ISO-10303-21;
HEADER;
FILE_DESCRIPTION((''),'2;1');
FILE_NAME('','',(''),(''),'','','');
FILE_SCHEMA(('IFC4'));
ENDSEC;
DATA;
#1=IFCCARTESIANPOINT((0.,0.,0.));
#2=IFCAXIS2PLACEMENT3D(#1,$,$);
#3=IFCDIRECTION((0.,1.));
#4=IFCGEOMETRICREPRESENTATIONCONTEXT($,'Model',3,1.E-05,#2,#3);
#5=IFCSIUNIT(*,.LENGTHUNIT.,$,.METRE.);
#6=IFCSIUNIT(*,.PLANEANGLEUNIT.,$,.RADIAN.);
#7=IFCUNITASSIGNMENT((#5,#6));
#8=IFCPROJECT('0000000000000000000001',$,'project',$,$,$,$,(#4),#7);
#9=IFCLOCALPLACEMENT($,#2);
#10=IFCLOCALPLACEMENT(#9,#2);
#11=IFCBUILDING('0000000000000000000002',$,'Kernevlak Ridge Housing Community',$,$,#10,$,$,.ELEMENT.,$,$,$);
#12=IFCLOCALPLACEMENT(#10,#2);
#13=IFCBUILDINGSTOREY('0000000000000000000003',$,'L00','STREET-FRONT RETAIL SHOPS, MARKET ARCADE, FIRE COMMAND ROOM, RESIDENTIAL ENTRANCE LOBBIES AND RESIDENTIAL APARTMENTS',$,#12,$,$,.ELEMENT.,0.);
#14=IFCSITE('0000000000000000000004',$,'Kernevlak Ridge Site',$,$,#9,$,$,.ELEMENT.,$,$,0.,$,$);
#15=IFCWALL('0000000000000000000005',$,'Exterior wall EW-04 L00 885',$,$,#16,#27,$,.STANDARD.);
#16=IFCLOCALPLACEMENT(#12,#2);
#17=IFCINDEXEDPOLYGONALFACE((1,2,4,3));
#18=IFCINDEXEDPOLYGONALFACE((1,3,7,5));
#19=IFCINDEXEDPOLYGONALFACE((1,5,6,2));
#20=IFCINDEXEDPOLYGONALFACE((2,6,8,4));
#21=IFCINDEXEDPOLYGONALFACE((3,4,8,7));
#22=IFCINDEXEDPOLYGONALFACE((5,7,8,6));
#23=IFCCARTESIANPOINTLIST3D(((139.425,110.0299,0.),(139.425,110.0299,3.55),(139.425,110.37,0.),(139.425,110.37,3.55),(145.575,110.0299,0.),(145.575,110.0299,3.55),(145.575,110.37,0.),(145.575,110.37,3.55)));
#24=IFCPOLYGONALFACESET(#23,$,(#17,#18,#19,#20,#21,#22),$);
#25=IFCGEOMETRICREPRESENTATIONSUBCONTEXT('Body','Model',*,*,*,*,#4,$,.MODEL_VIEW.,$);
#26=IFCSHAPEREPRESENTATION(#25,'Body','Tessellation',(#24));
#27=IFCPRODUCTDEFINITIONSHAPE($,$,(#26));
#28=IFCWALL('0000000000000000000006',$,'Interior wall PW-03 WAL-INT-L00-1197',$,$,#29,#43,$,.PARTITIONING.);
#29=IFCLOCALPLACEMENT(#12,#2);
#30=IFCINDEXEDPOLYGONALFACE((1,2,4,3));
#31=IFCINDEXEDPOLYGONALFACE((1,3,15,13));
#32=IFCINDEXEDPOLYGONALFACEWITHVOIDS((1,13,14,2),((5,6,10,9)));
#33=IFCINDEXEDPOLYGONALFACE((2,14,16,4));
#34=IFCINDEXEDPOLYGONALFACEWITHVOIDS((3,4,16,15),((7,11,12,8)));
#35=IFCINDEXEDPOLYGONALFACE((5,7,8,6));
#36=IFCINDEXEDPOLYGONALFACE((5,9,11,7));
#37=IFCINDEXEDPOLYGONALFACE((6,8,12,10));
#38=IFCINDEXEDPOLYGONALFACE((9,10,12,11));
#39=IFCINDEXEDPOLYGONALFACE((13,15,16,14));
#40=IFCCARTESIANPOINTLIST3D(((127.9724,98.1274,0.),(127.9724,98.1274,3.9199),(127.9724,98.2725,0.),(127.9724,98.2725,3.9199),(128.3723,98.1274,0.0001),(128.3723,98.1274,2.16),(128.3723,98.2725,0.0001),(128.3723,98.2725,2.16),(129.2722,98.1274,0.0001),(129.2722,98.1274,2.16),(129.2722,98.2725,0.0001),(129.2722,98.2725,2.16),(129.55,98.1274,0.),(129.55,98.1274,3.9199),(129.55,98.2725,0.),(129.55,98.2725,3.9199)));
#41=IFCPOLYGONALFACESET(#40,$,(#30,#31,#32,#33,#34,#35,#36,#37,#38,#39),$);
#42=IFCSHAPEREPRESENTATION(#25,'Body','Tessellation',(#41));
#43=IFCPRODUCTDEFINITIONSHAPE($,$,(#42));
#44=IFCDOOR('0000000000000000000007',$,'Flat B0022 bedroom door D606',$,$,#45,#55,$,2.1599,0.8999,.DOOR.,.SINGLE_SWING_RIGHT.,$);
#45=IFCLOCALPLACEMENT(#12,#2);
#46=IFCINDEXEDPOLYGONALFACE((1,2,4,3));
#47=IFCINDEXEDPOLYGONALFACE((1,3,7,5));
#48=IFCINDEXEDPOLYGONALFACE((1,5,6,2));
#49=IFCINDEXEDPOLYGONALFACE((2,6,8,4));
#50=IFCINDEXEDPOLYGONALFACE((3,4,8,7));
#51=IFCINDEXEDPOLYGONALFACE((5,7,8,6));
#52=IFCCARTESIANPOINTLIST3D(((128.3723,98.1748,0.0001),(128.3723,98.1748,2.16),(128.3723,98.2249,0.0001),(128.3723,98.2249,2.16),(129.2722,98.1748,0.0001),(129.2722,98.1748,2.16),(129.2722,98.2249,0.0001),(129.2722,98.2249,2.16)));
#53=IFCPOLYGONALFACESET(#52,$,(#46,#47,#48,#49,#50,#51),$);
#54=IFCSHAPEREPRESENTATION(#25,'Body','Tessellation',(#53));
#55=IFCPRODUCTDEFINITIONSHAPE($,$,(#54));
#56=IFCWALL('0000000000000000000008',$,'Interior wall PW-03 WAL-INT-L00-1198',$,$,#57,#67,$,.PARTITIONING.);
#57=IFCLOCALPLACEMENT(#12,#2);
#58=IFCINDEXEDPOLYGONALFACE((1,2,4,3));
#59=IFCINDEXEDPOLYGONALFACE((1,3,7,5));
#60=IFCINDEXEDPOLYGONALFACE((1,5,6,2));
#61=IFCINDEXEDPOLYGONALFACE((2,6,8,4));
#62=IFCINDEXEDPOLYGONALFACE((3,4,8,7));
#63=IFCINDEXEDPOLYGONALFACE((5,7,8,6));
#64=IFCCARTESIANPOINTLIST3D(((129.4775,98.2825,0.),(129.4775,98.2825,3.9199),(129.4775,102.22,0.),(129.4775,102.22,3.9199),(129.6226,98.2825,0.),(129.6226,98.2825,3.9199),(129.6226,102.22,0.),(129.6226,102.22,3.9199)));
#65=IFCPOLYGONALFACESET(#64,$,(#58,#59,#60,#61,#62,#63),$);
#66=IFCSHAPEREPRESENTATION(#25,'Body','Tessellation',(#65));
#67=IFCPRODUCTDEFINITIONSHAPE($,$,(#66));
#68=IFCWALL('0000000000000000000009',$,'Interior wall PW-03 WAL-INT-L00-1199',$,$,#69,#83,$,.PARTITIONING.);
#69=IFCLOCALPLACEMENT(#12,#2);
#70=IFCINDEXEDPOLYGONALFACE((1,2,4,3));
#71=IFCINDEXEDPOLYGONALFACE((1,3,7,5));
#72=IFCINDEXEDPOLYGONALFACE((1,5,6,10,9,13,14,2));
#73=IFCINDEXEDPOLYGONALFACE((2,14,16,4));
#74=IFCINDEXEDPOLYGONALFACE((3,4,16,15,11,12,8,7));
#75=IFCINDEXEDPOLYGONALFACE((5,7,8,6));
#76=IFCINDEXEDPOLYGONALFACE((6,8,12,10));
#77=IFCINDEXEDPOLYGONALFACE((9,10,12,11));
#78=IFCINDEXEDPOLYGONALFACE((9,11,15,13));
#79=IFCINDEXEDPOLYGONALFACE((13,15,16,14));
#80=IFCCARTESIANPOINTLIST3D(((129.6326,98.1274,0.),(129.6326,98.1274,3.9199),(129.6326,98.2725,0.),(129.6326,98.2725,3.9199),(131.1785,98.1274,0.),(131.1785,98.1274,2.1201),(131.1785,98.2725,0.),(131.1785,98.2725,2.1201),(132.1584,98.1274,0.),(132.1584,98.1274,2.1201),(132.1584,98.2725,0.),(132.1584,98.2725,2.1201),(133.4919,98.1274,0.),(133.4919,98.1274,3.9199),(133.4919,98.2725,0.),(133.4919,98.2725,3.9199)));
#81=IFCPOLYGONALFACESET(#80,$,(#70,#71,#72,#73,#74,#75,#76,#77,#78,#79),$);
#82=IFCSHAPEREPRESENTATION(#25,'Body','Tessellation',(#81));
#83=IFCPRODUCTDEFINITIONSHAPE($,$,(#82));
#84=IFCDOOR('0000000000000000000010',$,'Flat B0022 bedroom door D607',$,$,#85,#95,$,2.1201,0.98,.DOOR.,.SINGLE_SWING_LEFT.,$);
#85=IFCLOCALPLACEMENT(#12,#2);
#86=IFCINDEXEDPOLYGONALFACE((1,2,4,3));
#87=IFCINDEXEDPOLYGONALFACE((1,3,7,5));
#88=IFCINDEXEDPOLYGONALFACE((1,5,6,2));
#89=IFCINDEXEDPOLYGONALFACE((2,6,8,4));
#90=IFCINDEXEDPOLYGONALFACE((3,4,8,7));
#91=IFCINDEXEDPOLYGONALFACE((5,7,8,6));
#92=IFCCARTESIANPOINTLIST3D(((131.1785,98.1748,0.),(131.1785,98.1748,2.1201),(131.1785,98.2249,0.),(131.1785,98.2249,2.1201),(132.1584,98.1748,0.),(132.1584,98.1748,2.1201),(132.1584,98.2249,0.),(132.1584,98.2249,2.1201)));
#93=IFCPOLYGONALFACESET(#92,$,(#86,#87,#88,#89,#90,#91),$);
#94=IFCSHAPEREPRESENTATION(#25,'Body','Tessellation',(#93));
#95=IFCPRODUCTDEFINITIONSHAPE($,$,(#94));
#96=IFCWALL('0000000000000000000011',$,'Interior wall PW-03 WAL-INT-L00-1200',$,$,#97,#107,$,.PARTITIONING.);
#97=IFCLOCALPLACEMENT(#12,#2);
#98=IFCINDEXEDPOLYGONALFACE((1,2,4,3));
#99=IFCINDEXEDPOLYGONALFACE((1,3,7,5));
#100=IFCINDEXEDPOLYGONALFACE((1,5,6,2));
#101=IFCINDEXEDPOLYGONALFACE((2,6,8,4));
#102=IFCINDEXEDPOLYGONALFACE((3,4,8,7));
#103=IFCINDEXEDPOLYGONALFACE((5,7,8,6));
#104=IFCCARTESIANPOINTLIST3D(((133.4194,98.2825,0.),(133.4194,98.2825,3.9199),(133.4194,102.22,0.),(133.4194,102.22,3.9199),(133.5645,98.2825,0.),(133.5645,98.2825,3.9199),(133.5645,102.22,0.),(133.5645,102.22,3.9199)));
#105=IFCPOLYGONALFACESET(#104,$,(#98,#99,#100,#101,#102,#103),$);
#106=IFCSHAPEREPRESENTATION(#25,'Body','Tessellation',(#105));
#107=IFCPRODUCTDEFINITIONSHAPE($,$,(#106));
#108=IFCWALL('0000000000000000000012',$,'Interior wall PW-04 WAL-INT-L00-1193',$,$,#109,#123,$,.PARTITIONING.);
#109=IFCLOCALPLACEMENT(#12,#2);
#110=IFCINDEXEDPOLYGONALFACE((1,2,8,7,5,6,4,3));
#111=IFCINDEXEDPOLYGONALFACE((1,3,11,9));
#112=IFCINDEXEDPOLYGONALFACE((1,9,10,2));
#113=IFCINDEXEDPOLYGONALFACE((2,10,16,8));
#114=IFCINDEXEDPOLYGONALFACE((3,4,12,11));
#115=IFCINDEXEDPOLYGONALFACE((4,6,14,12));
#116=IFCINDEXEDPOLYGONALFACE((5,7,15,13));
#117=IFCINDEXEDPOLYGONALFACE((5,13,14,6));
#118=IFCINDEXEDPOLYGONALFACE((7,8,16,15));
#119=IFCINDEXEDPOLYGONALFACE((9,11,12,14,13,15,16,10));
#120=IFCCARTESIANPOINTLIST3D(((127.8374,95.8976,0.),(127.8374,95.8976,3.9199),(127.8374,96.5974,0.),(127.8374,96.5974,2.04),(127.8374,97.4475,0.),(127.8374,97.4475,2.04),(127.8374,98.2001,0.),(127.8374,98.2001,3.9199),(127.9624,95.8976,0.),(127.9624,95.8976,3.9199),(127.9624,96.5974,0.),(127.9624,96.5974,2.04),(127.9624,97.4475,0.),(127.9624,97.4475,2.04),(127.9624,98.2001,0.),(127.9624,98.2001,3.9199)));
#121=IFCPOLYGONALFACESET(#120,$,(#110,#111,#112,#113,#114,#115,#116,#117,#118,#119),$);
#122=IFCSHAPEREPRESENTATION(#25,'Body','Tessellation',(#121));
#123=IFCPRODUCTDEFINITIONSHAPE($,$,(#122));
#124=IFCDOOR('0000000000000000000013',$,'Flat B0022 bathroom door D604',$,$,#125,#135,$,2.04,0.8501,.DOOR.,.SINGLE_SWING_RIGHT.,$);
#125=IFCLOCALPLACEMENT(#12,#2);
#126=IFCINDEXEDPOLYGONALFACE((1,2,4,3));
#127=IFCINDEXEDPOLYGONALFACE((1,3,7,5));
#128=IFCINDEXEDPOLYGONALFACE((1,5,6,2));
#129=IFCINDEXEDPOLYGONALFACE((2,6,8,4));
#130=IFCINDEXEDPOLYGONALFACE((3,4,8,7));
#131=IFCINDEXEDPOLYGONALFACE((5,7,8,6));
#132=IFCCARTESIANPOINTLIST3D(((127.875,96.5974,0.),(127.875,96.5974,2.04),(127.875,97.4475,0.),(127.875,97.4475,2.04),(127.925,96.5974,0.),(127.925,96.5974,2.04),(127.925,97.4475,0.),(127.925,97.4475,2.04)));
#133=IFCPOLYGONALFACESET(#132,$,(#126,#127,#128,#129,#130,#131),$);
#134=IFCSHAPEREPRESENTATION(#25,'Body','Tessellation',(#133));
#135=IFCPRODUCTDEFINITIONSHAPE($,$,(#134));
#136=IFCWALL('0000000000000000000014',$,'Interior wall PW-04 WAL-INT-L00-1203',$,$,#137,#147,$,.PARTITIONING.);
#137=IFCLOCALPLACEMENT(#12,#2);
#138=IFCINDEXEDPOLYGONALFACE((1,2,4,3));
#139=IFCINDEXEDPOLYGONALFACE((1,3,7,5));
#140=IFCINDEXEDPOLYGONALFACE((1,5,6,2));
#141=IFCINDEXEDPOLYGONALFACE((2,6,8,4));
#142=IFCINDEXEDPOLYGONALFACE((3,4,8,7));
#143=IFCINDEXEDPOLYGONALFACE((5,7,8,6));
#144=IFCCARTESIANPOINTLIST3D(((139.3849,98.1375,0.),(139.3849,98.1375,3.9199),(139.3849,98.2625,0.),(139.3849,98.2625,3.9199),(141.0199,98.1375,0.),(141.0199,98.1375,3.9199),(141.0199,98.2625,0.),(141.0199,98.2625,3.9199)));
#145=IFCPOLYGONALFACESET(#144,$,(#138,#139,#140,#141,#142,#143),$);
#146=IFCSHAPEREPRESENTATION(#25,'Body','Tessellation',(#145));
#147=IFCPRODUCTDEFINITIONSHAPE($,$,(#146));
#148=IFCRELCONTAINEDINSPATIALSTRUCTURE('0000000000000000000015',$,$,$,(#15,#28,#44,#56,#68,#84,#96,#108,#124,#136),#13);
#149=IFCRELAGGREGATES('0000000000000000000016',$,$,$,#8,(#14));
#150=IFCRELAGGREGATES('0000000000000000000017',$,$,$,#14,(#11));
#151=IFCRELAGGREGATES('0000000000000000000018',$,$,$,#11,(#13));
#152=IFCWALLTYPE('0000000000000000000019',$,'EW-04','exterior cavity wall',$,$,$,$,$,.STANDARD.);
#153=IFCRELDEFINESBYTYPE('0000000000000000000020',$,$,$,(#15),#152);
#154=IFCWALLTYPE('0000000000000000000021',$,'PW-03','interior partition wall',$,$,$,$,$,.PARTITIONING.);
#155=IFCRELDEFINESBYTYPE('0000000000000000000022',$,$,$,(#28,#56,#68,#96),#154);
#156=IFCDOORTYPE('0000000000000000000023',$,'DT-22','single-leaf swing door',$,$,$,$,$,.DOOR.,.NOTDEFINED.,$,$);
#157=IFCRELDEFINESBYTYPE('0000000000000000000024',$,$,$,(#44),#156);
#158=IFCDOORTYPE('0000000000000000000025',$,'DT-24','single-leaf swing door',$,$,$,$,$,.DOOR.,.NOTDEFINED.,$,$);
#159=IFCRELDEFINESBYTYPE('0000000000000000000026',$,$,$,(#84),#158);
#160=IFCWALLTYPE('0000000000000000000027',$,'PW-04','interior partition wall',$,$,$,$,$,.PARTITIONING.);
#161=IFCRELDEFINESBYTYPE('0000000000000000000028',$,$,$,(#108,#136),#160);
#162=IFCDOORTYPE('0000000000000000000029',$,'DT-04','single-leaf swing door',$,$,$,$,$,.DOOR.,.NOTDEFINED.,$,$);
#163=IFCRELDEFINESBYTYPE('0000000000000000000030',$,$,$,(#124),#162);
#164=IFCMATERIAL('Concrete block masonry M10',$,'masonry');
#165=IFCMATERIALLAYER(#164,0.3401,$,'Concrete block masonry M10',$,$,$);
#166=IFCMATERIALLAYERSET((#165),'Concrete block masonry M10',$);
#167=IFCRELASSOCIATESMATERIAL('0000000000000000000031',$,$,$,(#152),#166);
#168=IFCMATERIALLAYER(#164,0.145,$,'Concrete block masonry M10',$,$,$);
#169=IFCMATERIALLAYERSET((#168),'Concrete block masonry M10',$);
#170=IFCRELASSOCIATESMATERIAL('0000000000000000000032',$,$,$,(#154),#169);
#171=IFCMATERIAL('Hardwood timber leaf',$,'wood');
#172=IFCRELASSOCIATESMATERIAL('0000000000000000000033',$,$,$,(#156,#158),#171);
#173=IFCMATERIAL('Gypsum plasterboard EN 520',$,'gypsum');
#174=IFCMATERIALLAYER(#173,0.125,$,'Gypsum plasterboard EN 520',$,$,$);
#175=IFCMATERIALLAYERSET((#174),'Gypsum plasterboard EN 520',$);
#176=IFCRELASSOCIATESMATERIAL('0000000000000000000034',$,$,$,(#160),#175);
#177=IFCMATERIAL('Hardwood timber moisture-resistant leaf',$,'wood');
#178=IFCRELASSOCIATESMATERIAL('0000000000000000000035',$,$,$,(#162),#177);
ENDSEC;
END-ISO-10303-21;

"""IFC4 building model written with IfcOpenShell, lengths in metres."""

from ifc_helpers import new_model, si_unit, direction, frame, frame_2d, origin, place, context, subcontext, project, spatial, rectangle, extrude, material, layer, layer_set, type_object, element, fill, save


model = new_model("IFC4")

# Units and contexts
model_context = context("Model", 3, precision=1e-05, world=origin(), true_north=direction((0.0, 1.0)))
body_context = subcontext(model_context, "Body", "Model", "MODEL_VIEW")
ifc_project = project(units=[si_unit("LENGTHUNIT", "METRE"), si_unit("PLANEANGLEUNIT", "RADIAN")], contexts=[model_context])

# Site, building, storey
site_placement = place(None, origin())
site = spatial("IfcSite", under=ifc_project, at=site_placement, Name="Kernevlak Ridge Site", CompositionType="ELEMENT", RefElevation=0.0)
building_placement = place(site_placement, origin())
building = spatial("IfcBuilding", under=site, at=building_placement, Name="Kernevlak Ridge Housing Community", CompositionType="ELEMENT")
storey_placement = place(building_placement, origin())
storey = spatial("IfcBuildingStorey", under=building, at=storey_placement, Name="L00", Description="STREET-FRONT RETAIL SHOPS, MARKET ARCADE, FIRE COMMAND ROOM, RESIDENTIAL ENTRANCE LOBBIES AND RESIDENTIAL APARTMENTS", CompositionType="ELEMENT", Elevation=0.0)

# Shared definitions
ifc_material_1 = material(Name="Concrete block masonry M10", Category="masonry")
ifc_layer_1 = layer(ifc_material_1, 0.3401, Name="Concrete block masonry M10")
ifc_layer_set_1 = layer_set([ifc_layer_1], Name="Concrete block masonry M10")
wall_type_1 = type_object("IfcWallType", Name="EW-04", Description="exterior cavity wall", PredefinedType="STANDARD", material=ifc_layer_set_1)

# Wall
wall_1_placement = place(storey_placement, frame((139.425, 110.2, 0.0), z_axis=(0.0, 0.0, 1.0), x_axis=(1.0, 0.0, 0.0)))
element("IfcWall", 1, at=wall_1_placement, inside=storey, type_object=wall_type_1, Name="Exterior wall EW-04 L00 885", PredefinedType="STANDARD", context=body_context, shape_type="SweptSolid", body=[
    extrude(rectangle(XDim=6.1499, YDim=0.3401, at=frame_2d((3.075, 0.0))), origin(), (0.0, 0.0, 1.0), 3.55),
])

# Wall, opening, door
ifc_layer_2 = layer(ifc_material_1, 0.145, Name="Concrete block masonry M10")
ifc_layer_set_2 = layer_set([ifc_layer_2], Name="Concrete block masonry M10")
wall_type_2 = type_object("IfcWallType", Name="PW-03", Description="interior partition wall", PredefinedType="PARTITIONING", material=ifc_layer_set_2)
wall_2_placement = place(storey_placement, frame((127.9724, 98.2, 0.0), z_axis=(0.0, 0.0, 1.0), x_axis=(1.0, 0.0, 0.0)))
wall_2 = element("IfcWall", 2, at=wall_2_placement, inside=storey, type_object=wall_type_2, Name="Interior wall PW-03 WAL-INT-L00-1197", PredefinedType="PARTITIONING", context=body_context, shape_type="SweptSolid", body=[
    extrude(rectangle(XDim=1.5776, YDim=0.145, at=frame_2d((0.7888, 0.0))), origin(), (0.0, 0.0, 1.0), 3.9199),
])
opening_1_placement = place(wall_2_placement, frame((0.3999, 0.0, 0.0)))
opening_1 = element("IfcOpeningElement", 3, at=opening_1_placement, cuts=wall_2, PredefinedType="OPENING", context=body_context, shape_type="SweptSolid", body=[
    extrude(rectangle(XDim=0.8999, YDim=2.1599, at=frame_2d((0.45, 1.0801))), frame((0.0, 0.0825, 0.0), z_axis=(0.0, -1.0, 0.0), x_axis=(1.0, 0.0, 0.0)), (0.0, 0.0, 1.0), 0.165),
])
ifc_material_2 = material(Name="Hardwood timber leaf", Category="wood")
door_type_1 = type_object("IfcDoorType", Name="DT-22", Description="single-leaf swing door", OperationType="NOTDEFINED", PredefinedType="DOOR", material=ifc_material_2)
door_1_placement = place(opening_1_placement, origin())
door_1 = element("IfcDoor", 4, at=door_1_placement, inside=storey, type_object=door_type_1, Name="Flat B0022 bedroom door D606", OperationType="SINGLE_SWING_RIGHT", OverallHeight=2.1599, OverallWidth=0.8999, PredefinedType="DOOR", context=body_context, shape_type="SweptSolid", body=[
    extrude(rectangle(XDim=0.8999, YDim=2.1599, at=frame_2d((0.45, 1.0801))), frame((0.0, 0.0249, 0.0), z_axis=(0.0, -1.0, 0.0), x_axis=(1.0, 0.0, 0.0)), (0.0, 0.0, 1.0), 0.05),
])
fill(opening_1, door_1)

# Wall
wall_3_placement = place(storey_placement, frame((129.55, 98.2825, 0.0), z_axis=(0.0, 0.0, 1.0), x_axis=(0.0, 1.0, 0.0)))
element("IfcWall", 5, at=wall_3_placement, inside=storey, type_object=wall_type_2, Name="Interior wall PW-03 WAL-INT-L00-1198", PredefinedType="PARTITIONING", context=body_context, shape_type="SweptSolid", body=[
    extrude(rectangle(XDim=3.9375, YDim=0.145, at=frame_2d((1.9688, 0.0))), origin(), (0.0, 0.0, 1.0), 3.9199),
])

# Wall, opening, door
wall_4_placement = place(storey_placement, frame((129.6326, 98.2, 0.0), z_axis=(0.0, 0.0, 1.0), x_axis=(1.0, 0.0, 0.0)))
wall_4 = element("IfcWall", 6, at=wall_4_placement, inside=storey, type_object=wall_type_2, Name="Interior wall PW-03 WAL-INT-L00-1199", PredefinedType="PARTITIONING", context=body_context, shape_type="SweptSolid", body=[
    extrude(rectangle(XDim=3.8594, YDim=0.145, at=frame_2d((1.9297, 0.0))), origin(), (0.0, 0.0, 1.0), 3.9199),
])
opening_2_placement = place(wall_4_placement, frame((1.5459, 0.0, 0.0)))
opening_2 = element("IfcOpeningElement", 7, at=opening_2_placement, cuts=wall_4, PredefinedType="OPENING", context=body_context, shape_type="SweptSolid", body=[
    extrude(rectangle(XDim=0.98, YDim=2.1201, at=frame_2d((0.49, 1.0601))), frame((0.0, 0.0825, 0.0), z_axis=(0.0, -1.0, 0.0), x_axis=(1.0, 0.0, 0.0)), (0.0, 0.0, 1.0), 0.165),
])
door_type_2 = type_object("IfcDoorType", Name="DT-24", Description="single-leaf swing door", OperationType="NOTDEFINED", PredefinedType="DOOR", material=ifc_material_2)
door_2_placement = place(opening_2_placement, origin())
door_2 = element("IfcDoor", 8, at=door_2_placement, inside=storey, type_object=door_type_2, Name="Flat B0022 bedroom door D607", OperationType="SINGLE_SWING_LEFT", OverallHeight=2.1201, OverallWidth=0.98, PredefinedType="DOOR", context=body_context, shape_type="SweptSolid", body=[
    extrude(rectangle(XDim=0.98, YDim=2.1201, at=frame_2d((0.49, 1.0601))), frame((0.0, 0.0249, 0.0), z_axis=(0.0, -1.0, 0.0), x_axis=(1.0, 0.0, 0.0)), (0.0, 0.0, 1.0), 0.05),
])
fill(opening_2, door_2)

# Wall
wall_5_placement = place(storey_placement, frame((133.4919, 98.2825, 0.0), z_axis=(0.0, 0.0, 1.0), x_axis=(0.0, 1.0, 0.0)))
element("IfcWall", 9, at=wall_5_placement, inside=storey, type_object=wall_type_2, Name="Interior wall PW-03 WAL-INT-L00-1200", PredefinedType="PARTITIONING", context=body_context, shape_type="SweptSolid", body=[
    extrude(rectangle(XDim=3.9375, YDim=0.145, at=frame_2d((1.9688, 0.0))), origin(), (0.0, 0.0, 1.0), 3.9199),
])

# Wall, opening, door
ifc_material_3 = material(Name="Gypsum plasterboard EN 520", Category="gypsum")
ifc_layer_3 = layer(ifc_material_3, 0.125, Name="Gypsum plasterboard EN 520")
ifc_layer_set_3 = layer_set([ifc_layer_3], Name="Gypsum plasterboard EN 520")
wall_type_3 = type_object("IfcWallType", Name="PW-04", Description="interior partition wall", PredefinedType="PARTITIONING", material=ifc_layer_set_3)
wall_6_placement = place(storey_placement, frame((127.8999, 95.8975, 0.0), z_axis=(0.0, 0.0, 1.0), x_axis=(0.0, 1.0, 0.0)))
wall_6 = element("IfcWall", 10, at=wall_6_placement, inside=storey, type_object=wall_type_3, Name="Interior wall PW-04 WAL-INT-L00-1193", PredefinedType="PARTITIONING", context=body_context, shape_type="SweptSolid", body=[
    extrude(rectangle(XDim=2.3025, YDim=0.125, at=frame_2d((1.1514, 0.0))), origin(), (0.0, 0.0, 1.0), 3.9199),
])
opening_3_placement = place(wall_6_placement, frame((0.7, 0.0, 0.0)))
opening_3 = element("IfcOpeningElement", 11, at=opening_3_placement, cuts=wall_6, PredefinedType="OPENING", context=body_context, shape_type="SweptSolid", body=[
    extrude(rectangle(XDim=0.8501, YDim=2.04, at=frame_2d((0.425, 1.02))), frame((0.0, 0.0725, 0.0), z_axis=(0.0, -1.0, 0.0), x_axis=(1.0, 0.0, 0.0)), (0.0, 0.0, 1.0), 0.145),
])
ifc_material_4 = material(Name="Hardwood timber moisture-resistant leaf", Category="wood")
door_type_3 = type_object("IfcDoorType", Name="DT-04", Description="single-leaf swing door", OperationType="NOTDEFINED", PredefinedType="DOOR", material=ifc_material_4)
door_3_placement = place(opening_3_placement, origin())
door_3 = element("IfcDoor", 12, at=door_3_placement, inside=storey, type_object=door_type_3, Name="Flat B0022 bathroom door D604", OperationType="SINGLE_SWING_RIGHT", OverallHeight=2.04, OverallWidth=0.8501, PredefinedType="DOOR", context=body_context, shape_type="SweptSolid", body=[
    extrude(rectangle(XDim=0.8501, YDim=2.04, at=frame_2d((0.425, 1.02))), frame((0.0, 0.0249, 0.0), z_axis=(0.0, -1.0, 0.0), x_axis=(1.0, 0.0, 0.0)), (0.0, 0.0, 1.0), 0.05),
])
fill(opening_3, door_3)

# Wall
wall_7_placement = place(storey_placement, frame((139.385, 98.2, 0.0), z_axis=(0.0, 0.0, 1.0), x_axis=(1.0, 0.0, 0.0)))
element("IfcWall", 13, at=wall_7_placement, inside=storey, type_object=wall_type_3, Name="Interior wall PW-04 WAL-INT-L00-1203", PredefinedType="PARTITIONING", context=body_context, shape_type="SweptSolid", body=[
    extrude(rectangle(XDim=1.635, YDim=0.125, at=frame_2d((0.8174, 0.0))), origin(), (0.0, 0.0, 1.0), 3.9199),
])

save(model, "model.ifc")
